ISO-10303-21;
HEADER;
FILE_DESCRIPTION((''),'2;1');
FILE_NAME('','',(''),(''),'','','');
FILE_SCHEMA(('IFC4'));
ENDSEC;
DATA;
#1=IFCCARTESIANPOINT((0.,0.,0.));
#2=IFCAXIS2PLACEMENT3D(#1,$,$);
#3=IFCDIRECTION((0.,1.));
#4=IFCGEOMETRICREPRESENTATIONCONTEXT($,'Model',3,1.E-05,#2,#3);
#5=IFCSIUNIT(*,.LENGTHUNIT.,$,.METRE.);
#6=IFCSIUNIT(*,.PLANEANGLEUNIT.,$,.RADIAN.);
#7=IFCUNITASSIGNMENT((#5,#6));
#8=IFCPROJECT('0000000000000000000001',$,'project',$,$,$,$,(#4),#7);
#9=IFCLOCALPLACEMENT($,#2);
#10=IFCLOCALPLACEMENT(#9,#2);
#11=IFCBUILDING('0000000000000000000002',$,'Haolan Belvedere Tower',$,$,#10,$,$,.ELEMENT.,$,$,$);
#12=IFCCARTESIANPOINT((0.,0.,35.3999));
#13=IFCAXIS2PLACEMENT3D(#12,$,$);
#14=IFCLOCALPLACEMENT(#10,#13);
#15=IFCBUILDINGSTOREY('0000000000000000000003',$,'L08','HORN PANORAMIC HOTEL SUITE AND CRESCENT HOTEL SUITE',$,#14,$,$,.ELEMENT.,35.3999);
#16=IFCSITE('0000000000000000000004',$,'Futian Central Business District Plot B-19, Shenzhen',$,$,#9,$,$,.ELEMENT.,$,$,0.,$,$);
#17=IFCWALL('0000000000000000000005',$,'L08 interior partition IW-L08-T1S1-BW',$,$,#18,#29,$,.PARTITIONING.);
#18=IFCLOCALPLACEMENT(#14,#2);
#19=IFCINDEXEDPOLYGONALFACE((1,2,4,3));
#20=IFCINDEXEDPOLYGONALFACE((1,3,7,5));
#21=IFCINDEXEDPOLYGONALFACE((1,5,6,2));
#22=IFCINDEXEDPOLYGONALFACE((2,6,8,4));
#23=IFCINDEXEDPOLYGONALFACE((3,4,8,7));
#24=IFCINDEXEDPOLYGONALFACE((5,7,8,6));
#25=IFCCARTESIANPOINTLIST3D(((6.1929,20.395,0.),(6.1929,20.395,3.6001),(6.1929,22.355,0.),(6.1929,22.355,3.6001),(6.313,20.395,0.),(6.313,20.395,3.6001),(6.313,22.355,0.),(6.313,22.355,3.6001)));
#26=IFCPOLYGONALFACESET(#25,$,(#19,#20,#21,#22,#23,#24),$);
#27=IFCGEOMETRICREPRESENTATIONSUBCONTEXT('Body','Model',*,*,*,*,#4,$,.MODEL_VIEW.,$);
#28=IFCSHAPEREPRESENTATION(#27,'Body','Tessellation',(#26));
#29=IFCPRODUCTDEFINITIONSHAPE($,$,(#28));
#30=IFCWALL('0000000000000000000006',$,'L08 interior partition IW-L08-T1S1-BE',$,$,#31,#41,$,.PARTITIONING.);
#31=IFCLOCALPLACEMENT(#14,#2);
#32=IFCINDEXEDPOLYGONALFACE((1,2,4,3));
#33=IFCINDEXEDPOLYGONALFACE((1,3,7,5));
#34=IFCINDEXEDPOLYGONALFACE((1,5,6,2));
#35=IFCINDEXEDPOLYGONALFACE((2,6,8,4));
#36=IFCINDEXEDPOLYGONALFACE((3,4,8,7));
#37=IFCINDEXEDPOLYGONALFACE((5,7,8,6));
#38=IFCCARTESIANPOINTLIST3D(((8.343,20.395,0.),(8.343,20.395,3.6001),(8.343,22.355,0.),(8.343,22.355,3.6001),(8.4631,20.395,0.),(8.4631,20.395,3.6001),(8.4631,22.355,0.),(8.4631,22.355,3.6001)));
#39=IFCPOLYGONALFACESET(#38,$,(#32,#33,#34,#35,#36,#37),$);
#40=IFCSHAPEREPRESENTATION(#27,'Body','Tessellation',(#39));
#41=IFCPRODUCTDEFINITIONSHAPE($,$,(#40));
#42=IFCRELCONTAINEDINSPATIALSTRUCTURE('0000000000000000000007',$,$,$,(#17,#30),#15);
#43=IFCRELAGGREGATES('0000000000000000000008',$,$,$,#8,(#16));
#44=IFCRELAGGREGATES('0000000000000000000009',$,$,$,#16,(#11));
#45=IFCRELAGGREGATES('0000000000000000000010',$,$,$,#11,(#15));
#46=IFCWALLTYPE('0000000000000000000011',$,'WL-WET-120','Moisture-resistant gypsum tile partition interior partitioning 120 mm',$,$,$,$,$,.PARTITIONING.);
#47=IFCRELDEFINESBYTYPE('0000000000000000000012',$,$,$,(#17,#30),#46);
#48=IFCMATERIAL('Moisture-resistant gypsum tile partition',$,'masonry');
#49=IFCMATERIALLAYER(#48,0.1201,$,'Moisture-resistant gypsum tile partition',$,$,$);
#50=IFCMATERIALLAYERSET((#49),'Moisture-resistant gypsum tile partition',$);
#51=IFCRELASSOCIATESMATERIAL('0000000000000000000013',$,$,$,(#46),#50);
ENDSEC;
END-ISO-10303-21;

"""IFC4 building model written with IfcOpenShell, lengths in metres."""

from ifc_helpers import new_model, si_unit, direction, frame, frame_2d, origin, place, context, subcontext, project, spatial, rectangle, extrude, material, layer, layer_set, type_object, element, save


model = new_model("IFC4")

# Units and contexts
model_context = context("Model", 3, precision=1e-05, world=origin(), true_north=direction((0.0, 1.0)))
body_context = subcontext(model_context, "Body", "Model", "MODEL_VIEW")
ifc_project = project(units=[si_unit("LENGTHUNIT", "METRE"), si_unit("PLANEANGLEUNIT", "RADIAN")], contexts=[model_context])

# Site, building, storey
site_placement = place(None, origin())
site = spatial("IfcSite", under=ifc_project, at=site_placement, Name="Futian Central Business District Plot B-19, Shenzhen", CompositionType="ELEMENT", RefElevation=0.0)
building_placement = place(site_placement, origin())
building = spatial("IfcBuilding", under=site, at=building_placement, Name="Haolan Belvedere Tower", CompositionType="ELEMENT")
storey_placement = place(building_placement, frame((0.0, 0.0, 35.3999)))
storey = spatial("IfcBuildingStorey", under=building, at=storey_placement, Name="L08", Description="HORN PANORAMIC HOTEL SUITE AND CRESCENT HOTEL SUITE", CompositionType="ELEMENT", Elevation=35.3999)

# Shared definitions
ifc_material_1 = material(Name="Moisture-resistant gypsum tile partition", Category="masonry")
ifc_layer_1 = layer(ifc_material_1, 0.1201, Name="Moisture-resistant gypsum tile partition")
ifc_layer_set_1 = layer_set([ifc_layer_1], Name="Moisture-resistant gypsum tile partition")
wall_type_1 = type_object("IfcWallType", Name="WL-WET-120", Description="Moisture-resistant gypsum tile partition interior partitioning 120 mm", PredefinedType="PARTITIONING", material=ifc_layer_set_1)

# Walls
for number, where, z_axis, x_axis, name in (
    (1, (6.2529, 20.395, 0.0), (0.0, 0.0, 1.0), (0.0, 1.0, 0.0), "L08 interior partition IW-L08-T1S1-BW"),
    (2, (8.4031, 20.395, 0.0), (0.0, 0.0, 1.0), (0.0, 1.0, 0.0), "L08 interior partition IW-L08-T1S1-BE"),
):
    element("IfcWall", number, at=place(storey_placement, frame(where, z_axis=z_axis, x_axis=x_axis)), inside=storey, type_object=wall_type_1, Name=name, PredefinedType="PARTITIONING", context=body_context, shape_type="SweptSolid", body=[
        extrude(rectangle(XDim=1.96, YDim=0.1201, at=frame_2d((0.98, 0.0))), origin(), (0.0, 0.0, 1.0), 3.6001),
    ])

save(model, "model.ifc")
